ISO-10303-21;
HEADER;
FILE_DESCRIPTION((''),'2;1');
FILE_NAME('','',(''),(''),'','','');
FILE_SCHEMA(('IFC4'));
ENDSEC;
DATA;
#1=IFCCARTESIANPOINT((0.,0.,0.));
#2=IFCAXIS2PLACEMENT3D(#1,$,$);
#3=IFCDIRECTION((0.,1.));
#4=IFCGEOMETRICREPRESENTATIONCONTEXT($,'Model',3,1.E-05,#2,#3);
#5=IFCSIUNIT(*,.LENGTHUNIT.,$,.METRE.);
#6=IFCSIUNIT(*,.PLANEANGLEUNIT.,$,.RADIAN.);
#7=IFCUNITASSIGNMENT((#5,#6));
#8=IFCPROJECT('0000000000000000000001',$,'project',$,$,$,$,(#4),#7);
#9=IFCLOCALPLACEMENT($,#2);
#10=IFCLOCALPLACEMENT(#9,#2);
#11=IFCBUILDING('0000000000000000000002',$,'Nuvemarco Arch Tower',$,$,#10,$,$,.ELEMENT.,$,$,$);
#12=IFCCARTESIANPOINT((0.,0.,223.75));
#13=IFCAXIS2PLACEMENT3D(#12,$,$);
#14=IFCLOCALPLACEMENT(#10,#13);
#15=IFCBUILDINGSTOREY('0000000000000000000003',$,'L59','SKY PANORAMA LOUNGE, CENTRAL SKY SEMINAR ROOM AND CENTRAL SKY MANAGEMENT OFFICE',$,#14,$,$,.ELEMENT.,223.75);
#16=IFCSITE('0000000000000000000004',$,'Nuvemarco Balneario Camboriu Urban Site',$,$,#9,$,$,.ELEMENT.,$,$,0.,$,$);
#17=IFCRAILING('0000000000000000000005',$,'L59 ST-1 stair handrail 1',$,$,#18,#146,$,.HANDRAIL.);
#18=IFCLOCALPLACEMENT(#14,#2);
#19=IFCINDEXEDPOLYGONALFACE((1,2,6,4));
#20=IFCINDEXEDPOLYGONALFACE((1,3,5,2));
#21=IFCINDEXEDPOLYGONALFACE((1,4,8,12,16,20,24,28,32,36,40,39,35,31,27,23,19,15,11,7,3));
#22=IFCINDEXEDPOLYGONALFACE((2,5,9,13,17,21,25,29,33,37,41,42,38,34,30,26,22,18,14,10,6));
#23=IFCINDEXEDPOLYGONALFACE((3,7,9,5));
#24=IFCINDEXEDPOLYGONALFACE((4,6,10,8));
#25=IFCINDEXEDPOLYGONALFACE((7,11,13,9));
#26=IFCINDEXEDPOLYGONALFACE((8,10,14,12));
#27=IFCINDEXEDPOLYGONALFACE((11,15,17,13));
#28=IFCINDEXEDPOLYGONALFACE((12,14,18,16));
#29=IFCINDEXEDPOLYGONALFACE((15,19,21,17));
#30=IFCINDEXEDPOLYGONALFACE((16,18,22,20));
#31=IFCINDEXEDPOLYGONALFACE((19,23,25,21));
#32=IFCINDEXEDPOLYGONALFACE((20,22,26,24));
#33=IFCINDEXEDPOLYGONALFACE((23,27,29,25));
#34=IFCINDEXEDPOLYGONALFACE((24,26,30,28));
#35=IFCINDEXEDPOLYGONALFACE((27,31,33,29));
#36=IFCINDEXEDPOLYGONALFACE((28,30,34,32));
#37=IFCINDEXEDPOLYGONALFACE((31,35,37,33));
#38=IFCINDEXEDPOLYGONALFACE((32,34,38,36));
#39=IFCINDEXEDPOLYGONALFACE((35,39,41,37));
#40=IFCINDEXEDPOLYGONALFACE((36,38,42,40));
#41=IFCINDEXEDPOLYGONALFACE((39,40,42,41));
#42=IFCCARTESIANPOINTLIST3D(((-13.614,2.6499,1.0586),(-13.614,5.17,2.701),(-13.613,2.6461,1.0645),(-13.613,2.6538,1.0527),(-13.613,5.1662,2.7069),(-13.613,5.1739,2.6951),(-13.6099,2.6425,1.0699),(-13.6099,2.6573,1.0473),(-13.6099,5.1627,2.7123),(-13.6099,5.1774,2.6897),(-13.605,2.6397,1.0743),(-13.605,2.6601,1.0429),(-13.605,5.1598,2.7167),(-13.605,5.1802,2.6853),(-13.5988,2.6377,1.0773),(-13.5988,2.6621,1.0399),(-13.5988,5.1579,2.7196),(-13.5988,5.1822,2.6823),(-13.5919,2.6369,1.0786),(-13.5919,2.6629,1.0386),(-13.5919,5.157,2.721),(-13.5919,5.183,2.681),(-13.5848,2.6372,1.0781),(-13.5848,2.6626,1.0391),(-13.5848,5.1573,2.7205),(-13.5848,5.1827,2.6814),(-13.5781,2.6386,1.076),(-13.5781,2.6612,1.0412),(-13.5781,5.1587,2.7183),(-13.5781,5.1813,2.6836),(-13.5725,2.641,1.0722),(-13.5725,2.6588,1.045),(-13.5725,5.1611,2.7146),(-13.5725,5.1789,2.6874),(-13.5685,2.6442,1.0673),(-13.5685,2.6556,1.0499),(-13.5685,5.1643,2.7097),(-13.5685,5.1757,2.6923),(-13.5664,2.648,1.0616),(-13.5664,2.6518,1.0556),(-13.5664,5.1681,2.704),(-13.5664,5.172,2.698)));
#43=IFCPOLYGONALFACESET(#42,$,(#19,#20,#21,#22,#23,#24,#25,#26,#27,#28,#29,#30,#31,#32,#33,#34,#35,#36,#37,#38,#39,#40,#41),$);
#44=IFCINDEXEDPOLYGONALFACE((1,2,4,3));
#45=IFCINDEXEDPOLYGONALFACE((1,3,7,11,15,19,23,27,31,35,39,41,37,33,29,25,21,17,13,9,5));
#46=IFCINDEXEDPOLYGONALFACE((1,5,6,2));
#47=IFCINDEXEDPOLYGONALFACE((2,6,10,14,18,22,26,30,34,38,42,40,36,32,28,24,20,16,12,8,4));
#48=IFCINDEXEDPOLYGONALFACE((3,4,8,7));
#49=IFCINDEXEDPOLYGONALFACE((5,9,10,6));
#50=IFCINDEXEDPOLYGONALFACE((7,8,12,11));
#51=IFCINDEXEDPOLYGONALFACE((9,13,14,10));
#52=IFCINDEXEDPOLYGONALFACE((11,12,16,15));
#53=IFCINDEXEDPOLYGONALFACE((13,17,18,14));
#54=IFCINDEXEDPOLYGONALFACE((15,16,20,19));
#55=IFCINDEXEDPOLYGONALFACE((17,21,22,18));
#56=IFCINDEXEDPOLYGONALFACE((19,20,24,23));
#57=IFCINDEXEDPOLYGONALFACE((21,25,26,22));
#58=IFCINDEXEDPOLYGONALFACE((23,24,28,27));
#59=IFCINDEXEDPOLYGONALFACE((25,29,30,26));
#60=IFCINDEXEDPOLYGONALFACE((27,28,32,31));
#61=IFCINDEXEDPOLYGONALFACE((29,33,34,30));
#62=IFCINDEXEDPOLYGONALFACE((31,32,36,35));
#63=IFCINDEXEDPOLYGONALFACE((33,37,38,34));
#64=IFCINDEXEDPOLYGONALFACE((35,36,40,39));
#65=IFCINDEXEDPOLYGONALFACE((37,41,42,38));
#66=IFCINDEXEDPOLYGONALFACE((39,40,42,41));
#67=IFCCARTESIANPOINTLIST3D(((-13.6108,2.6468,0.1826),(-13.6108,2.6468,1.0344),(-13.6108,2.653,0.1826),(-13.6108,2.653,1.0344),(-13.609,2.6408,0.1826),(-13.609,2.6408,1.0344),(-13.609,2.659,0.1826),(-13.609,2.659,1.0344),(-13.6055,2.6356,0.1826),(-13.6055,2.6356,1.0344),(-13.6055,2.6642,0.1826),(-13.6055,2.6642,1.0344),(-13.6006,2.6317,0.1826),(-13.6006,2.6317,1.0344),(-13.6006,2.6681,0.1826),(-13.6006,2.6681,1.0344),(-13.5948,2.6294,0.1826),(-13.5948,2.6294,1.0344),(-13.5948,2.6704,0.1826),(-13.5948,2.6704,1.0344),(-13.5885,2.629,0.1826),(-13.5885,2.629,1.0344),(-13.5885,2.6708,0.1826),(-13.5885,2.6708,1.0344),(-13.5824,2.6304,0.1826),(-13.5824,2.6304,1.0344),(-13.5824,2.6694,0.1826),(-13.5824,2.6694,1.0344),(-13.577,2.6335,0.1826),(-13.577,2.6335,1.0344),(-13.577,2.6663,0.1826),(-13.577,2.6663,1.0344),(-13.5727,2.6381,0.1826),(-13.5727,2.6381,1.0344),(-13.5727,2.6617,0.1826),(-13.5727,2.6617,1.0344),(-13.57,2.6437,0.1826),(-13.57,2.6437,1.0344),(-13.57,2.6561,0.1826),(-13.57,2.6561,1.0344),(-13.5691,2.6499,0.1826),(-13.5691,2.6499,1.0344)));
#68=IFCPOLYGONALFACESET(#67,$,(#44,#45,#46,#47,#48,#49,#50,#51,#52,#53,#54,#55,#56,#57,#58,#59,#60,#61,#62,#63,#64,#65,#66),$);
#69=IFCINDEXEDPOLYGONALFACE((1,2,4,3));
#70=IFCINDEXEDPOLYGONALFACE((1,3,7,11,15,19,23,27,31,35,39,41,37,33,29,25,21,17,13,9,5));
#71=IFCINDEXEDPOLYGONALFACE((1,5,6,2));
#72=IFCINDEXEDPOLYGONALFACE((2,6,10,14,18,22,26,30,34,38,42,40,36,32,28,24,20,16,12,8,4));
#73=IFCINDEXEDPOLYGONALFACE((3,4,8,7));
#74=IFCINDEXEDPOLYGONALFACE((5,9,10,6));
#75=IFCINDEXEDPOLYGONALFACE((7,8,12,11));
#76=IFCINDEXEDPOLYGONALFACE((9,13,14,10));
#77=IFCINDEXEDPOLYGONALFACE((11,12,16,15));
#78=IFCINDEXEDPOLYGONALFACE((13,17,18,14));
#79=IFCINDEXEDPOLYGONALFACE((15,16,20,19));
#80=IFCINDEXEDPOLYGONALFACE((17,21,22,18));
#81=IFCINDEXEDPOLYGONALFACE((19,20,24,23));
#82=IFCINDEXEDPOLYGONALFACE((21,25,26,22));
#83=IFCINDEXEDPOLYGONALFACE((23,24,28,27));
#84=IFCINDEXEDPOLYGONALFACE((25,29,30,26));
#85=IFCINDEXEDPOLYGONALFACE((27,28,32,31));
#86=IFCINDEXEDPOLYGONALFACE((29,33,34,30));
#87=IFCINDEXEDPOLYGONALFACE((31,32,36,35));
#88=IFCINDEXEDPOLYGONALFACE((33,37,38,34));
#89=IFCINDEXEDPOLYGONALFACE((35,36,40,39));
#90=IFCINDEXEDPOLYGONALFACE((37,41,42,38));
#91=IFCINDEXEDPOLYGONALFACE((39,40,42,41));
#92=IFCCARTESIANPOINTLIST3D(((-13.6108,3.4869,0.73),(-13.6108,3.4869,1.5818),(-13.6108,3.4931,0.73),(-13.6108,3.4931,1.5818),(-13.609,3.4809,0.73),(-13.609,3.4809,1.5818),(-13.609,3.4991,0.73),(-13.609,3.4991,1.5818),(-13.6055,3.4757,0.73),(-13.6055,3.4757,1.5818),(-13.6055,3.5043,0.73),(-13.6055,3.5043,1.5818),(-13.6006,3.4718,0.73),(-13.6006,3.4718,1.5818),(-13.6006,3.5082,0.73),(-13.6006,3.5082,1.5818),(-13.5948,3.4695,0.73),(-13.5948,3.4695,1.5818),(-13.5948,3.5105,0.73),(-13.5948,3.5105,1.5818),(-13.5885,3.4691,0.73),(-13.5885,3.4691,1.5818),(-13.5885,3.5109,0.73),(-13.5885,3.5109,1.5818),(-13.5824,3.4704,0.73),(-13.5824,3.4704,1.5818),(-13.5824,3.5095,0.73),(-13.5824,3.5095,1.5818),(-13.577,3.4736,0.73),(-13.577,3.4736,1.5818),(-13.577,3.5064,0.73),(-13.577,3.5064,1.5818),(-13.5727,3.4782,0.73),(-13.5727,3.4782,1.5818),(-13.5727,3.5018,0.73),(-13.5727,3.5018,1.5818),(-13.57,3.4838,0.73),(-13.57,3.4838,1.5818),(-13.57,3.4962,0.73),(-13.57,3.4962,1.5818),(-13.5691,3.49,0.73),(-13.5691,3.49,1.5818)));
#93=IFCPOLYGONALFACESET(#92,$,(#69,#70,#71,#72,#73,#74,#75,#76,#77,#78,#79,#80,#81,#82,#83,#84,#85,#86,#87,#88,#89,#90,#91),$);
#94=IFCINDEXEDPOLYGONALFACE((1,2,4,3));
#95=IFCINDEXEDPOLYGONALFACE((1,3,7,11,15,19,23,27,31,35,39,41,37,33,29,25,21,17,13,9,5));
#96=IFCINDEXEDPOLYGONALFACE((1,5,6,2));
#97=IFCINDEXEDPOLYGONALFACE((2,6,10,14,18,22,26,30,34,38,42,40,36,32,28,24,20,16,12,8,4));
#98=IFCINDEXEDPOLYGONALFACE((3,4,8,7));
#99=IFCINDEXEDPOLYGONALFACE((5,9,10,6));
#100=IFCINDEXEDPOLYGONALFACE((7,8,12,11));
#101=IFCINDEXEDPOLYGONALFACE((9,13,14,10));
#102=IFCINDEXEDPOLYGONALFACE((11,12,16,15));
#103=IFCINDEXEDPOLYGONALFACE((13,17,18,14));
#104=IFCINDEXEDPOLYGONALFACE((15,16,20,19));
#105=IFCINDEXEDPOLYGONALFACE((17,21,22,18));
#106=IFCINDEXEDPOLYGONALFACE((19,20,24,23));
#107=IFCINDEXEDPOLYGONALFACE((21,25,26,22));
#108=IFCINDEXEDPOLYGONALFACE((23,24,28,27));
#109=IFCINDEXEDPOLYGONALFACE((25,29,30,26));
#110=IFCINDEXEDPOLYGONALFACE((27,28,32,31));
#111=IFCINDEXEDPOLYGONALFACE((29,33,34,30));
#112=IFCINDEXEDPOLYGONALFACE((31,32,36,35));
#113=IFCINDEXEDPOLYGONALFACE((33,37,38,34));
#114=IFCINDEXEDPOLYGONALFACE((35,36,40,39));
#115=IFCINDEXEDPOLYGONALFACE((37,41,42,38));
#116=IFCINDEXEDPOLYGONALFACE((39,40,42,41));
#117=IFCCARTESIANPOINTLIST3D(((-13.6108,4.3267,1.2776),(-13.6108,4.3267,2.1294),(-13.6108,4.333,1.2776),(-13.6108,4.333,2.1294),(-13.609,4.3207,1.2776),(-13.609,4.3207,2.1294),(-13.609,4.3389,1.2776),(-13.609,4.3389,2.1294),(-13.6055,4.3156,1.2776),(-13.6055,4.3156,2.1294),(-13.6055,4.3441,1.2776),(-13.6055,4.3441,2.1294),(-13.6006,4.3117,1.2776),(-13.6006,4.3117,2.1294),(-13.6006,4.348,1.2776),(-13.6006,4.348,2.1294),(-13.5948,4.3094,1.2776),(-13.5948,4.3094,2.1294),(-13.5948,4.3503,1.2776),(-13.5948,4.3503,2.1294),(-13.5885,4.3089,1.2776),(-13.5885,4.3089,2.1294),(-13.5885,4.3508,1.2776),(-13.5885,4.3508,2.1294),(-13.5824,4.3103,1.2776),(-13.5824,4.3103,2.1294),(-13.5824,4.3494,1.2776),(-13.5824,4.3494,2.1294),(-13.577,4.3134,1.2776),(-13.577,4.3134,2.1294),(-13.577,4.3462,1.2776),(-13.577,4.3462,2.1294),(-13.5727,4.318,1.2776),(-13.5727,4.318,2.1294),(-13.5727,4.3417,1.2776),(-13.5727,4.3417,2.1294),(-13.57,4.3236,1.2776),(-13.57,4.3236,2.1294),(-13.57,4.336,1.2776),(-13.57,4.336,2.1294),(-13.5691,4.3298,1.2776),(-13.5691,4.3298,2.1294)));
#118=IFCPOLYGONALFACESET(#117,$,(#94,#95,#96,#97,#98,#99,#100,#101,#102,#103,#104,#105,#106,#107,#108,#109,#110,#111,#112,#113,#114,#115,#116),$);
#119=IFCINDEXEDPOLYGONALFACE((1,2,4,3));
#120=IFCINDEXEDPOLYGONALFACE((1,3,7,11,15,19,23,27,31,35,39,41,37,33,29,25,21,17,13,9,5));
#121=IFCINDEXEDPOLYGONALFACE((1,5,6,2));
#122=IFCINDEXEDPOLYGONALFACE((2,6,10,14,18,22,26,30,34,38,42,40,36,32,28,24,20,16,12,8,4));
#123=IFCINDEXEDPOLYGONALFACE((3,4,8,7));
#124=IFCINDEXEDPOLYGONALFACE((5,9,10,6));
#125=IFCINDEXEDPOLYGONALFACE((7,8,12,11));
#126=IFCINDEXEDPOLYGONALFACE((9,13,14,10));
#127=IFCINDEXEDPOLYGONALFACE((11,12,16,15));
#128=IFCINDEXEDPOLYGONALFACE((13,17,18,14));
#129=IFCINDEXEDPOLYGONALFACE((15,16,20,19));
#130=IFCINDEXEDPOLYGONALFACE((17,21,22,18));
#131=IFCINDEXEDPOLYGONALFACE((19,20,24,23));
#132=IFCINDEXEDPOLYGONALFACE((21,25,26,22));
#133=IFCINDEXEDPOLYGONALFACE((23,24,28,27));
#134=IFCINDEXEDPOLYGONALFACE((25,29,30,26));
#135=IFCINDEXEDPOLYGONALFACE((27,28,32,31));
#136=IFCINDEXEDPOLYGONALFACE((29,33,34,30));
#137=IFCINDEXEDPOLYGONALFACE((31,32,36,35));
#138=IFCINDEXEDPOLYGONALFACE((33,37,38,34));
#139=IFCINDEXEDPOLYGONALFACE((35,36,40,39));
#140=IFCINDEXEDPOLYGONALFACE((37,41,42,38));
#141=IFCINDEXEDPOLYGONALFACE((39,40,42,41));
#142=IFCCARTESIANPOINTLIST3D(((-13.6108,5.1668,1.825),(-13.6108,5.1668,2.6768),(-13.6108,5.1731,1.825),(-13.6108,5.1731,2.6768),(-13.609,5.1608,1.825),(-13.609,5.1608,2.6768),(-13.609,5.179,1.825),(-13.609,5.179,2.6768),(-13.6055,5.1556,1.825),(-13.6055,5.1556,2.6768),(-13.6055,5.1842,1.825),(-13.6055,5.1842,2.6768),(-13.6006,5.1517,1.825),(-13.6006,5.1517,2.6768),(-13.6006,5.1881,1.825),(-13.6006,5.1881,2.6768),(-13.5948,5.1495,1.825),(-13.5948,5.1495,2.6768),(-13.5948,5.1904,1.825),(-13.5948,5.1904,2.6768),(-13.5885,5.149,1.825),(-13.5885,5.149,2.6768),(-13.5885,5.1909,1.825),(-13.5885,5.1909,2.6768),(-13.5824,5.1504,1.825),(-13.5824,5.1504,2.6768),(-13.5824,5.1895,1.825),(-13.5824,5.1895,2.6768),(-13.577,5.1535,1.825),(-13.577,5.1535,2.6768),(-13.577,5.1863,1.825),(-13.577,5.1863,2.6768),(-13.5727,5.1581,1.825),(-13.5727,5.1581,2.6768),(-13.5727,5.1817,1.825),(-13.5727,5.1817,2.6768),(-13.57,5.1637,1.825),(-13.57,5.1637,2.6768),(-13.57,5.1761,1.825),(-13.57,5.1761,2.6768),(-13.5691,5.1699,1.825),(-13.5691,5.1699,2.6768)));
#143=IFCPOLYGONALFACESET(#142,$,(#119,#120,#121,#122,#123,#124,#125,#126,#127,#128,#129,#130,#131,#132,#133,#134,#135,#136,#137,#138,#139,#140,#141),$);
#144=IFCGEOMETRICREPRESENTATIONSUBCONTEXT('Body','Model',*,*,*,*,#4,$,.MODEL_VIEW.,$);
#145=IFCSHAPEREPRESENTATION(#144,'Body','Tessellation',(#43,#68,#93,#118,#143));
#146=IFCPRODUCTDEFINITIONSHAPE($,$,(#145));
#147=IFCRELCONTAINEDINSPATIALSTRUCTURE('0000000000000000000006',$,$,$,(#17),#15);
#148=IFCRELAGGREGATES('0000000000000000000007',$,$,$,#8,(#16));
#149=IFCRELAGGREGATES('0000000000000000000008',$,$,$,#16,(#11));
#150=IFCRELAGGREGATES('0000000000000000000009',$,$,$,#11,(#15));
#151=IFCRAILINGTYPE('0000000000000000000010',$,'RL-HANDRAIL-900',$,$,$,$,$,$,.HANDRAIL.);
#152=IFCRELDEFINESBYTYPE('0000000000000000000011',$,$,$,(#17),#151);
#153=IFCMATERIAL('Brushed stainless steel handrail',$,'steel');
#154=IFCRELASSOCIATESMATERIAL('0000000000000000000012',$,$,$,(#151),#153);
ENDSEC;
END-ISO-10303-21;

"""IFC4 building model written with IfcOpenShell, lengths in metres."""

from ifc_helpers import new_model, si_unit, direction, frame, origin, origin_2d, place, context, subcontext, project, spatial, circle, extrude, material, type_object, element, save


model = new_model("IFC4")

# Units and contexts
model_context = context("Model", 3, precision=1e-05, world=origin(), true_north=direction((0.0, 1.0)))
body_context = subcontext(model_context, "Body", "Model", "MODEL_VIEW")
ifc_project = project(units=[si_unit("LENGTHUNIT", "METRE"), si_unit("PLANEANGLEUNIT", "RADIAN")], contexts=[model_context])

# Site, building, storey
site_placement = place(None, origin())
site = spatial("IfcSite", under=ifc_project, at=site_placement, Name="Nuvemarco Balneario Camboriu Urban Site", CompositionType="ELEMENT", RefElevation=0.0)
building_placement = place(site_placement, origin())
building = spatial("IfcBuilding", under=site, at=building_placement, Name="Nuvemarco Arch Tower", CompositionType="ELEMENT")
storey_placement = place(building_placement, frame((0.0, 0.0, 223.75)))
storey = spatial("IfcBuildingStorey", under=building, at=storey_placement, Name="L59", Description="SKY PANORAMA LOUNGE, CENTRAL SKY SEMINAR ROOM AND CENTRAL SKY MANAGEMENT OFFICE", CompositionType="ELEMENT", Elevation=223.75)

# Railing
ifc_material_1 = material(Name="Brushed stainless steel handrail", Category="steel")
railing_type_1 = type_object("IfcRailingType", Name="RL-HANDRAIL-900", PredefinedType="HANDRAIL", material=ifc_material_1)
railing_1_placement = place(storey_placement, frame((-13.5901, 2.6499, 0.1826)))
element("IfcRailing", 1, at=railing_1_placement, inside=storey, type_object=railing_type_1, Name="L59 ST-1 stair handrail 1", PredefinedType="HANDRAIL", context=body_context, shape_type="SweptSolid", body=[
    extrude(circle(Radius=0.0239, at=origin_2d()), frame((0.0, 0.0, 0.876), z_axis=(0.0, 0.837787, 0.545998), x_axis=(-1.0, 0.0, 0.0)), (0.0, 0.0, 1.0), 3.0081),
    extrude(circle(Radius=0.021, at=origin_2d()), origin(), (0.0, 0.0, 1.0), 0.8518),
    extrude(circle(Radius=0.021, at=origin_2d()), frame((0.0, 0.8401, 0.5474)), (0.0, 0.0, 1.0), 0.8518),
    extrude(circle(Radius=0.021, at=origin_2d()), frame((0.0, 1.6799, 1.095)), (0.0, 0.0, 1.0), 0.8518),
    extrude(circle(Radius=0.021, at=origin_2d()), frame((0.0, 2.52, 1.6423)), (0.0, 0.0, 1.0), 0.8518),
])

save(model, "model.ifc")
